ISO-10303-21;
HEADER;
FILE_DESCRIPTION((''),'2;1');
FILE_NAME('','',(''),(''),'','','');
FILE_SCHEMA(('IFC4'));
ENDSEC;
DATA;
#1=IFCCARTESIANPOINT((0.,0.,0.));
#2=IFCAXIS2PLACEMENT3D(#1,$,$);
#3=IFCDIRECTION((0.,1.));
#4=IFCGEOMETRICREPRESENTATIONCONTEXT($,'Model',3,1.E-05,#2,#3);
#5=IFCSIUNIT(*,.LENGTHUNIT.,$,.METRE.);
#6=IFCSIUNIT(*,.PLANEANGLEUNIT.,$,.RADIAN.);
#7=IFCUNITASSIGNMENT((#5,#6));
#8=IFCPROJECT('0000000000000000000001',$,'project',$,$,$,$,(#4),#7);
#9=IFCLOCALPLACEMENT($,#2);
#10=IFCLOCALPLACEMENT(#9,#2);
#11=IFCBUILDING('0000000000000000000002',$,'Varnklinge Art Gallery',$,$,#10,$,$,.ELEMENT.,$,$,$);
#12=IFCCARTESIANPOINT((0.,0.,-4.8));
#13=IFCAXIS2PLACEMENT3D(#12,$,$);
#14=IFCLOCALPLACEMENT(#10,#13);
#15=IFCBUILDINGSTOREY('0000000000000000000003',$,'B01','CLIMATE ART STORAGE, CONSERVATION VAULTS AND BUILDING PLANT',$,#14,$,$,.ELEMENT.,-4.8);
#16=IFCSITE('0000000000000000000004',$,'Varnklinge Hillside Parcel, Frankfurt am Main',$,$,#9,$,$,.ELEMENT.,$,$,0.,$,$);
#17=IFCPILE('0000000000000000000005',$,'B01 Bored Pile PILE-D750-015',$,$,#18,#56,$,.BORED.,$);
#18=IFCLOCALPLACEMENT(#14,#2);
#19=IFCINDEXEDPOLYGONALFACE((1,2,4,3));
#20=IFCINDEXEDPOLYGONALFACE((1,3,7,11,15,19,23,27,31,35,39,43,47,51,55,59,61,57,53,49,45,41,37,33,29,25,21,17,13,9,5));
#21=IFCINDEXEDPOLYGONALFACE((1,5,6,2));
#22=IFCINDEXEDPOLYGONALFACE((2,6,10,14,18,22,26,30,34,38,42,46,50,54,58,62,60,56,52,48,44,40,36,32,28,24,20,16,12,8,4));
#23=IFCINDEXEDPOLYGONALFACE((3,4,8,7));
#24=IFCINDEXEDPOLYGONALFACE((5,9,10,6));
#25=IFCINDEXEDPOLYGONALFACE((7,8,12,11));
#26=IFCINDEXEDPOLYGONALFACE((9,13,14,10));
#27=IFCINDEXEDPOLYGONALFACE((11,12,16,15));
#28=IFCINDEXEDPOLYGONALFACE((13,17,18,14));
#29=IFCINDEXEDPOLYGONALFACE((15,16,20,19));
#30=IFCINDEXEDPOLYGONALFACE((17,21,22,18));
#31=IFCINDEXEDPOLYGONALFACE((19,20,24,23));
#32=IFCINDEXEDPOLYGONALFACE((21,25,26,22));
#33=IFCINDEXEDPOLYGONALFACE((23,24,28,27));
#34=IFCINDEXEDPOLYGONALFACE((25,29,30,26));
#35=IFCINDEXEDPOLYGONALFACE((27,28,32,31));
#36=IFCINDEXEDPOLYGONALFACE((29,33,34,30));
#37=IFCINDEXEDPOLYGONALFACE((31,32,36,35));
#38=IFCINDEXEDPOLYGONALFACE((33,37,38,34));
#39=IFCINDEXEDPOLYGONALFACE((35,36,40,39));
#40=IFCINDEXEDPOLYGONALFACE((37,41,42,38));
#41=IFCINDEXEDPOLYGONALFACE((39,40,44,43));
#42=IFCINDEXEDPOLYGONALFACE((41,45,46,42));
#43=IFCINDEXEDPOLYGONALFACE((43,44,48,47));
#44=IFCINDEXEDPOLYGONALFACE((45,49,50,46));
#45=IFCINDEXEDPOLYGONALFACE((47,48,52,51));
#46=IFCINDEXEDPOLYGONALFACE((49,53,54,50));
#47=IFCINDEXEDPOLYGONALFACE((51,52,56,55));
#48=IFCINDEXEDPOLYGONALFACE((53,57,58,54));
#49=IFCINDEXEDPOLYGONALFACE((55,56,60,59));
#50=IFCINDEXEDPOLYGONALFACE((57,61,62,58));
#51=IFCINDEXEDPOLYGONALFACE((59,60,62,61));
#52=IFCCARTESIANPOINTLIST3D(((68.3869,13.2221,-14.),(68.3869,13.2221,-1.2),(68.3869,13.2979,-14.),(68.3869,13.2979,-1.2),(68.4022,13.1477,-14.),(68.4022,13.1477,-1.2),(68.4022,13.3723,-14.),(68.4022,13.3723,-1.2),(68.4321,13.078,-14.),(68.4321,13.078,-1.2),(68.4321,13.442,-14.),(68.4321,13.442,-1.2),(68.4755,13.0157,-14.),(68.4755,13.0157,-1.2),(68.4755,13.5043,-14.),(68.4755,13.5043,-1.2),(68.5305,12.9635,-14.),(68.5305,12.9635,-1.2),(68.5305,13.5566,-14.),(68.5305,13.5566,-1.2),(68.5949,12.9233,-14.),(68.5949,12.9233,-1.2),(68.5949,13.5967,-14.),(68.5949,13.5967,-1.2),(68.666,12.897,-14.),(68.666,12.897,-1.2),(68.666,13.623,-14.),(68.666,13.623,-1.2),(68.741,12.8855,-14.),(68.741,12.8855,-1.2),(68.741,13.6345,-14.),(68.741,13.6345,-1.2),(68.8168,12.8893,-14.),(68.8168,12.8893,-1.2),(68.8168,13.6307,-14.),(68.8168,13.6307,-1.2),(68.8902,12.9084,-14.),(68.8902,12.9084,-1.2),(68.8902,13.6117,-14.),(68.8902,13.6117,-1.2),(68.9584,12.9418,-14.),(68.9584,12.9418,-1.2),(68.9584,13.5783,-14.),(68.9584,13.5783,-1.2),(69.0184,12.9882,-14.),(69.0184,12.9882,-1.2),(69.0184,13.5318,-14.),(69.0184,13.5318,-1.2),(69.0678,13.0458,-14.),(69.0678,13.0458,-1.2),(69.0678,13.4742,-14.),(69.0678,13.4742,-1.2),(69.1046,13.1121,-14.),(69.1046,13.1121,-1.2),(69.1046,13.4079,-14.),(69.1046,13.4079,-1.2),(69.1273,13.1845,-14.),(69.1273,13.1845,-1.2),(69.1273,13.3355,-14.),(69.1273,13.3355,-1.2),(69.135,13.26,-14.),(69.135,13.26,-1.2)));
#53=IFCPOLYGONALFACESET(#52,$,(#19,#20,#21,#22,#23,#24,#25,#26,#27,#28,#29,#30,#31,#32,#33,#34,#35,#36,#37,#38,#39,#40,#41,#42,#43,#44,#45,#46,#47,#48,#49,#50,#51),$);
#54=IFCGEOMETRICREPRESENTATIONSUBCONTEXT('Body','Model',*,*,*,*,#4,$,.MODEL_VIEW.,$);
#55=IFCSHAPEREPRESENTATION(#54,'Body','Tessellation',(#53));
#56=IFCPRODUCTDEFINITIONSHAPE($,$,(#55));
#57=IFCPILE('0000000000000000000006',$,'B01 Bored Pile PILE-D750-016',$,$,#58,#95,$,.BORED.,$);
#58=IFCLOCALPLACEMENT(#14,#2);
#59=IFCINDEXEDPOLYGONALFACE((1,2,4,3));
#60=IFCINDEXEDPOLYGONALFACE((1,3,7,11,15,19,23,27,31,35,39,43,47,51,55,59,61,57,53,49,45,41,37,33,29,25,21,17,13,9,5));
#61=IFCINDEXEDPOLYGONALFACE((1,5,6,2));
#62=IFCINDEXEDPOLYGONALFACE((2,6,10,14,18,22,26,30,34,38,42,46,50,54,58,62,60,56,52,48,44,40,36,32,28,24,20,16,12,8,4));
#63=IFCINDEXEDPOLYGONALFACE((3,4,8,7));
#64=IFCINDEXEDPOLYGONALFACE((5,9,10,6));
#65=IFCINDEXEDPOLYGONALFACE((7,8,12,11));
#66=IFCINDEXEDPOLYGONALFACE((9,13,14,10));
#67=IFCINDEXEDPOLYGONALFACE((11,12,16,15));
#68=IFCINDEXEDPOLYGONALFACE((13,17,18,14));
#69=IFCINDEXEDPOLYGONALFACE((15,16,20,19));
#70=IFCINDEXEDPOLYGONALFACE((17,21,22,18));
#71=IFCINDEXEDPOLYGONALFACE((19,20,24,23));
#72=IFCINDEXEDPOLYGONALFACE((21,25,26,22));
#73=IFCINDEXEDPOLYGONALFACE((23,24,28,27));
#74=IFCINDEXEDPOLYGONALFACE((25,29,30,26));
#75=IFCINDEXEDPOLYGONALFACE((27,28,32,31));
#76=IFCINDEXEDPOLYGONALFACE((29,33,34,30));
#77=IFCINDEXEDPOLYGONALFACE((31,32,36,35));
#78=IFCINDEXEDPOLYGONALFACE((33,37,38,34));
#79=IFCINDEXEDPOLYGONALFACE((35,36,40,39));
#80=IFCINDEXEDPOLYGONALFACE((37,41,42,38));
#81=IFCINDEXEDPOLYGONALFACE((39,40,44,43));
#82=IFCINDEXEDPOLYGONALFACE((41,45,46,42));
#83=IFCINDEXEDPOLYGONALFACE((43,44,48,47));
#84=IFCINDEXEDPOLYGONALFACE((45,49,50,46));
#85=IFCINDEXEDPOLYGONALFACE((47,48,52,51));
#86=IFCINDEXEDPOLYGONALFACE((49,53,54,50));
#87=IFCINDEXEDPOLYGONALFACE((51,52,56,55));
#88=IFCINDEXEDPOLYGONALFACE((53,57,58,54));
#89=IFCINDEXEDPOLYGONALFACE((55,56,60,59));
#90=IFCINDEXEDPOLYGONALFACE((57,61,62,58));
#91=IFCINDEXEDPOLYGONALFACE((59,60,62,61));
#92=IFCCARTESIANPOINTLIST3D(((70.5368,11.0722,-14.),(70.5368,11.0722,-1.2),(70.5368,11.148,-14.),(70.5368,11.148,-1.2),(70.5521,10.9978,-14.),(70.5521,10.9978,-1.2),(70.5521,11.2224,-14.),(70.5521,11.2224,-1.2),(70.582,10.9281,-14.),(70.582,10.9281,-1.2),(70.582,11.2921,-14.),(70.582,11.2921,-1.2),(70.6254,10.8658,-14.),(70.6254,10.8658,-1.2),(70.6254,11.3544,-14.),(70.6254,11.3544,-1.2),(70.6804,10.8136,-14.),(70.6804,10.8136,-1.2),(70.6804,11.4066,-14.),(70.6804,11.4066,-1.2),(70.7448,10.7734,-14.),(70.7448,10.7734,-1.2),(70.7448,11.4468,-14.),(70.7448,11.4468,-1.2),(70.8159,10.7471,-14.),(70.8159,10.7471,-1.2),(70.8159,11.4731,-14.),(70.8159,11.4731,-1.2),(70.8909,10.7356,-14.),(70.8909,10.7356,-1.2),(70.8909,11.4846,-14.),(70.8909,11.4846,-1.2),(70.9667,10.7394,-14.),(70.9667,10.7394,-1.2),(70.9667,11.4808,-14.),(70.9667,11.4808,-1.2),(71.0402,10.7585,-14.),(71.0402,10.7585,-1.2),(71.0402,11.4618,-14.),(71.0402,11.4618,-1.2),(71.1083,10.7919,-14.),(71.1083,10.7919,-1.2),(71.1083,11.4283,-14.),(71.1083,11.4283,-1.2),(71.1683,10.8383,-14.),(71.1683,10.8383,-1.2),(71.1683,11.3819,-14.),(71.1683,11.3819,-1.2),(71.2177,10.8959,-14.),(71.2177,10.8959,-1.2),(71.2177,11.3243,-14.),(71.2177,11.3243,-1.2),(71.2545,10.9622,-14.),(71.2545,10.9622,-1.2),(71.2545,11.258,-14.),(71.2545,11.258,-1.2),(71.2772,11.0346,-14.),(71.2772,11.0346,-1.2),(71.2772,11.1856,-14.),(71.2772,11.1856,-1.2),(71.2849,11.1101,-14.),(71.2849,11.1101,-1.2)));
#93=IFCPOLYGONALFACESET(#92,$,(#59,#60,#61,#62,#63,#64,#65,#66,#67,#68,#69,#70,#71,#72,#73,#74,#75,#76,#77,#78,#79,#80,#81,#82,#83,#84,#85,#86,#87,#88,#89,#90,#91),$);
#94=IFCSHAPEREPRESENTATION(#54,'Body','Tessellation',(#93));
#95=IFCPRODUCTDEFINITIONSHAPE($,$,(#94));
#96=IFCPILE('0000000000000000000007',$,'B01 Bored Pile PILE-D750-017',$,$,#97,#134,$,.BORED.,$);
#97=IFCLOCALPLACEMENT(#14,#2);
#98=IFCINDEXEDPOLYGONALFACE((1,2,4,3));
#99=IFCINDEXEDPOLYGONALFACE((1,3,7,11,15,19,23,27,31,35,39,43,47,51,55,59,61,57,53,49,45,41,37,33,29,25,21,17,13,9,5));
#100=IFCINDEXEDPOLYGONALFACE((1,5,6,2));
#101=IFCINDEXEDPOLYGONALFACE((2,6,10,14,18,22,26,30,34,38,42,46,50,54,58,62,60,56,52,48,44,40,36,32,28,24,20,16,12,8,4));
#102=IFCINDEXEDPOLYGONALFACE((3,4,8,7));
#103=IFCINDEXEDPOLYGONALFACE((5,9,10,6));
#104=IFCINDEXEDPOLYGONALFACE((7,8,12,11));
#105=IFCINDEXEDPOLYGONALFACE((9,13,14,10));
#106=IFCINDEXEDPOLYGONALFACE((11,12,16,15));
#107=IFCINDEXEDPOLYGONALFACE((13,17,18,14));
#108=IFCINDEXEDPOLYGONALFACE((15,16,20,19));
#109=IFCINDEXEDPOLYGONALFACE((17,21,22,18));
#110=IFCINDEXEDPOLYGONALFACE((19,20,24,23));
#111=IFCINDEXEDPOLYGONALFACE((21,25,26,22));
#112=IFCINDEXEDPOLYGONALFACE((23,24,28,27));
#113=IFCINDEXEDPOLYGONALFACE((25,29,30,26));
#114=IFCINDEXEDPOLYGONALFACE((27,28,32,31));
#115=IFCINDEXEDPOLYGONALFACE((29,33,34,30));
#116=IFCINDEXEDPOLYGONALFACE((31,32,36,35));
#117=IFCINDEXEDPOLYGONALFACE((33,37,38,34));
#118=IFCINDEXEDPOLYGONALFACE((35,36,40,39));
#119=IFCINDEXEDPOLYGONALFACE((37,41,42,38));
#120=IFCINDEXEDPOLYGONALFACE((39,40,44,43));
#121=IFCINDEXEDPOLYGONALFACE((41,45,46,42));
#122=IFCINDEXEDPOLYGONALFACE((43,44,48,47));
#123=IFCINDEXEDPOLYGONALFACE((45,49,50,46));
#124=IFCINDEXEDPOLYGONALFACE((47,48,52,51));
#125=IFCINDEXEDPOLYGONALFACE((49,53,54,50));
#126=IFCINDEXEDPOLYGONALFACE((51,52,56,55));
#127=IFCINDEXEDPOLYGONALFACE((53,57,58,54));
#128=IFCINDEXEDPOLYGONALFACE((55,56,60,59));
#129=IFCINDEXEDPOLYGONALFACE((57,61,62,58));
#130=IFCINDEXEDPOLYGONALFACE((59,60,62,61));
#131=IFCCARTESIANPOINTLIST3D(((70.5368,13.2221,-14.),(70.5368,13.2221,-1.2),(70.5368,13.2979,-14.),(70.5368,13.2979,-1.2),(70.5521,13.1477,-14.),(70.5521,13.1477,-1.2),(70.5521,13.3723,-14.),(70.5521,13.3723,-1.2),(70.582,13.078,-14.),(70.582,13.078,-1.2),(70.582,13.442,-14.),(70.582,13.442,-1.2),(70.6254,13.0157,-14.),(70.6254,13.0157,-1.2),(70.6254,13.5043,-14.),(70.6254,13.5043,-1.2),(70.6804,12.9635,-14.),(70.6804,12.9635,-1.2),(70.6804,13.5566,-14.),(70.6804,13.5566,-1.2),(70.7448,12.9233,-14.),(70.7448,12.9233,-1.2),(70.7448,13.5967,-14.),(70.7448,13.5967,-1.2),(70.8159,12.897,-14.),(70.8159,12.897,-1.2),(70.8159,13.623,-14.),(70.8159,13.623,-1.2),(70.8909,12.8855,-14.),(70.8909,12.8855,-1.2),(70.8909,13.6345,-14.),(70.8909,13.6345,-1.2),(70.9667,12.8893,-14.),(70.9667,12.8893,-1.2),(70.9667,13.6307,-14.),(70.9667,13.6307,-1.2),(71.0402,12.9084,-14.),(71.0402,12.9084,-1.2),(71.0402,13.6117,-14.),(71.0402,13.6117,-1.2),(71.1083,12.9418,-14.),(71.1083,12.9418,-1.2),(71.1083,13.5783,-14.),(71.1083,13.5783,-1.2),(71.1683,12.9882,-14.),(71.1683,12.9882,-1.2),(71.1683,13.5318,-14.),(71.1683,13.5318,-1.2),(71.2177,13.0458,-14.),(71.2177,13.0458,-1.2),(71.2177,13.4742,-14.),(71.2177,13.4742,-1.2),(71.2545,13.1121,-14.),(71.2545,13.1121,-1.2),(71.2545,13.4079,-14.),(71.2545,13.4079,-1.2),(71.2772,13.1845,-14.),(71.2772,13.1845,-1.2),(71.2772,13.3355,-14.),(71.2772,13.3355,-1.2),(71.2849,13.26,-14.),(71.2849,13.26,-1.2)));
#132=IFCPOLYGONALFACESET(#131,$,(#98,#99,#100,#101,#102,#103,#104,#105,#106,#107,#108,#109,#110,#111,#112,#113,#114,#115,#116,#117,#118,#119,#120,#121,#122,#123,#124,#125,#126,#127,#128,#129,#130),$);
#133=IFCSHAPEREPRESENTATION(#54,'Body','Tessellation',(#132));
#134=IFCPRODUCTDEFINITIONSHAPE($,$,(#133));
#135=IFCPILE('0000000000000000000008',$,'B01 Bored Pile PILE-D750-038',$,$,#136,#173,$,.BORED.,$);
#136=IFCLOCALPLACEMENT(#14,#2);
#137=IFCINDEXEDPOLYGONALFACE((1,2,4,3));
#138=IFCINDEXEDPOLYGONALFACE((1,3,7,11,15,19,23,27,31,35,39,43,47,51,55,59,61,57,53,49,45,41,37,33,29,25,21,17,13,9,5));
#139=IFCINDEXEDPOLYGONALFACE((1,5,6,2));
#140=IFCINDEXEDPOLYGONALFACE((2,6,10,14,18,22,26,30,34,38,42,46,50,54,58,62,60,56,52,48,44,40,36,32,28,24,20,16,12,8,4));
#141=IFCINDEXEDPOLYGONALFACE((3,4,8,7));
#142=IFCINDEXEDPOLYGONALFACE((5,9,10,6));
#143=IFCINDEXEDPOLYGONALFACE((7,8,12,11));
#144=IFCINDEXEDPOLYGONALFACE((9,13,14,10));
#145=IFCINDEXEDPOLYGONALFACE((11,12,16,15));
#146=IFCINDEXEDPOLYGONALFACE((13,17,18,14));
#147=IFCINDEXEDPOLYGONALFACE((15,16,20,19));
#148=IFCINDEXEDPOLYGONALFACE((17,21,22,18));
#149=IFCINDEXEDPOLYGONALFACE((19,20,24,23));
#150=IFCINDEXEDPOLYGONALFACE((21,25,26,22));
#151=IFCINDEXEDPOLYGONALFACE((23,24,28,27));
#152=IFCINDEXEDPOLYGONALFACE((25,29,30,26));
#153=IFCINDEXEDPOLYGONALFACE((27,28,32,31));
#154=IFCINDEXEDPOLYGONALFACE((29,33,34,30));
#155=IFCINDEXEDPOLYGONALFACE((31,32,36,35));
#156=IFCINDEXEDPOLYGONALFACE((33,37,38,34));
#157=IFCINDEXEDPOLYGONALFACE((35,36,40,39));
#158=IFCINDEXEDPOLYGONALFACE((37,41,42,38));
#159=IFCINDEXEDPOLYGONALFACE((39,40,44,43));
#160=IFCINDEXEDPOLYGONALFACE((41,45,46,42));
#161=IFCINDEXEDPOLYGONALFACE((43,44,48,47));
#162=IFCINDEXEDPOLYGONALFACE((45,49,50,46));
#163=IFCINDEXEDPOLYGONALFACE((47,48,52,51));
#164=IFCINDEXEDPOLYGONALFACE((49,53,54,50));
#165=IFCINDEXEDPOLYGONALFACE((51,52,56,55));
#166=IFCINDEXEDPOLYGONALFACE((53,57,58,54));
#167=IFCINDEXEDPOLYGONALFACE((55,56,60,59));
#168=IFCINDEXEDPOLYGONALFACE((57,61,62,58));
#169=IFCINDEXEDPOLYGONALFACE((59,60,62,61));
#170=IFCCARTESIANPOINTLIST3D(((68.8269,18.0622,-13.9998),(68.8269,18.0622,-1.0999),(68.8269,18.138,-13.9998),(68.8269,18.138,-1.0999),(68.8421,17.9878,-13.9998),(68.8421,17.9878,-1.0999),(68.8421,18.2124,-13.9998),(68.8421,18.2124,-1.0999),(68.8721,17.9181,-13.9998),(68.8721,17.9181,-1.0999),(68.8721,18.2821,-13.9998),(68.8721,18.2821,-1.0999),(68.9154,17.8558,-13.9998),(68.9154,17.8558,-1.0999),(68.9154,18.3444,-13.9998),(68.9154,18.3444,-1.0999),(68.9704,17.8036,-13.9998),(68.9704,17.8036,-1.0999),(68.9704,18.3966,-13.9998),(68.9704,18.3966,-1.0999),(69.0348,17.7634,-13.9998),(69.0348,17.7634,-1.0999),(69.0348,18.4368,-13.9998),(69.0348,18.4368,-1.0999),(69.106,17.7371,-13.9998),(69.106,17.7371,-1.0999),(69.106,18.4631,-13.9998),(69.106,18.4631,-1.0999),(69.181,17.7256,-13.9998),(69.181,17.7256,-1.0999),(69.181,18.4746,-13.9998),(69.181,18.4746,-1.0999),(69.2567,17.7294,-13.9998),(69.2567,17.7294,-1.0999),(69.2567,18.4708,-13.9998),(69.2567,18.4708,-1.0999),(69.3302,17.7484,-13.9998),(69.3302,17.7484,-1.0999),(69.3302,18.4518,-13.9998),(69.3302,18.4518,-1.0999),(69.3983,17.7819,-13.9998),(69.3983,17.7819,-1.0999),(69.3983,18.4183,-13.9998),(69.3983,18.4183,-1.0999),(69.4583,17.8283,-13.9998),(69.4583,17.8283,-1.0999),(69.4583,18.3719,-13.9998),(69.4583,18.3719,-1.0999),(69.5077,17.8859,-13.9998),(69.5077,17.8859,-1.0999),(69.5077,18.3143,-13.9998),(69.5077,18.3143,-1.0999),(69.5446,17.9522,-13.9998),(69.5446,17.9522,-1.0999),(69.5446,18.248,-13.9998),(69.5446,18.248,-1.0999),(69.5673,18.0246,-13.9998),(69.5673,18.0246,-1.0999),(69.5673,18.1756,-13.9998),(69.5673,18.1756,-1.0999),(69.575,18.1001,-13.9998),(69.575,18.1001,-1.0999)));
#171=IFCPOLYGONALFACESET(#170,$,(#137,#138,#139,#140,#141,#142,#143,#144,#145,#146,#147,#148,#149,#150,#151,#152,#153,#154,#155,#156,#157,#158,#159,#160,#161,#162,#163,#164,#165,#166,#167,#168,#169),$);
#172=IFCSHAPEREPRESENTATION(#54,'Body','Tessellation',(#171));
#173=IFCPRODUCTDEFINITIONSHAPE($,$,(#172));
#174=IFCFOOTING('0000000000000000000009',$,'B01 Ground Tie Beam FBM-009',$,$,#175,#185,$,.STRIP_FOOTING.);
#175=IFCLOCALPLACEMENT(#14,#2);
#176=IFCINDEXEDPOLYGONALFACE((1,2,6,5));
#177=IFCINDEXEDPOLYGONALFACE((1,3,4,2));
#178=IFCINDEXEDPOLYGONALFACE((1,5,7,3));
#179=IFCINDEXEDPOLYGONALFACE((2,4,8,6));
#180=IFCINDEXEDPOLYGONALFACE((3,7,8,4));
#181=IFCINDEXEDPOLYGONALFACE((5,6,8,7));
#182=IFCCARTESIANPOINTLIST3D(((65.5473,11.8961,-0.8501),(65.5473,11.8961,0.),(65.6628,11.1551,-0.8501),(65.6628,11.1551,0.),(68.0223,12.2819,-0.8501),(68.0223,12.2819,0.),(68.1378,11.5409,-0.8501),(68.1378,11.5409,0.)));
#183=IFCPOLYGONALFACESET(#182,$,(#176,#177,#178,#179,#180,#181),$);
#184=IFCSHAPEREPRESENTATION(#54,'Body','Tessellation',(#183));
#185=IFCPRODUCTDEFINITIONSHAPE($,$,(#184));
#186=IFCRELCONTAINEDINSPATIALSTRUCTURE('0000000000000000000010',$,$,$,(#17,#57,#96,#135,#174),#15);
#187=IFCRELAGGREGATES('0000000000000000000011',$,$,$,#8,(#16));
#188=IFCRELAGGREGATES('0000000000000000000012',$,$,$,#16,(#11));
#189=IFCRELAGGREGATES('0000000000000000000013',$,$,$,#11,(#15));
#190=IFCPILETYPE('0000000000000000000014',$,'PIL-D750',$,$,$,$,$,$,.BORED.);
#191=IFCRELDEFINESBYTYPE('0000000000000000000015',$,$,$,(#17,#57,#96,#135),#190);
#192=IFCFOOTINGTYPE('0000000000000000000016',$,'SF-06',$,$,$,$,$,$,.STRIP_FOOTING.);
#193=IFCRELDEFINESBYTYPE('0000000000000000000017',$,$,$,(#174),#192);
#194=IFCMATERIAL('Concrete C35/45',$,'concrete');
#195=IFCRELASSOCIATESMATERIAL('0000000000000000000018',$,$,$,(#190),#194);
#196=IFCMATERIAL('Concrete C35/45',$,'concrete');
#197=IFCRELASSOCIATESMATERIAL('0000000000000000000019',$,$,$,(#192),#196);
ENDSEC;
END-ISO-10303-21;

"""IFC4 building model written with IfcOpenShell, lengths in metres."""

from ifc_helpers import new_model, si_unit, direction, frame, origin, origin_2d, place, context, subcontext, project, spatial, rectangle, circle, extrude, material, material_profile, profile_set, type_object, element, save


model = new_model("IFC4")

# Units and contexts
model_context = context("Model", 3, precision=1e-05, world=origin(), true_north=direction((0.0, 1.0)))
body_context = subcontext(model_context, "Body", "Model", "MODEL_VIEW")
ifc_project = project(units=[si_unit("LENGTHUNIT", "METRE"), si_unit("PLANEANGLEUNIT", "RADIAN")], contexts=[model_context])

# Site, building, storey
site_placement = place(None, origin())
site = spatial("IfcSite", under=ifc_project, at=site_placement, Name="Varnklinge Hillside Parcel, Frankfurt am Main", CompositionType="ELEMENT", RefElevation=0.0)
building_placement = place(site_placement, origin())
building = spatial("IfcBuilding", under=site, at=building_placement, Name="Varnklinge Art Gallery", CompositionType="ELEMENT")
storey_placement = place(building_placement, frame((0.0, 0.0, -4.8)))
storey = spatial("IfcBuildingStorey", under=building, at=storey_placement, Name="B01", Description="CLIMATE ART STORAGE, CONSERVATION VAULTS AND BUILDING PLANT", CompositionType="ELEMENT", Elevation=-4.8)

# Piles
ifc_material_1 = material(Name="Concrete C35/45", Category="concrete")
ifc_material_profile_1 = material_profile(ifc_material_1, circle(Radius=0.375, at=origin_2d()), Name="PILE D750")
ifc_profile_set_1 = profile_set([ifc_material_profile_1], Name="Concrete C35/45")
pile_type = type_object("IfcPileType", Name="PIL-D750", PredefinedType="BORED", material=ifc_profile_set_1)
for number, where, z_axis, x_axis, name in (
    (1, (68.76, 13.26, -1.2), (0.0, 0.0, -1.0), (1.0, 0.0, 0.0), "B01 Bored Pile PILE-D750-015"),
    (2, (70.9099, 11.1101, -1.2), (0.0, 0.0, -1.0), (1.0, 0.0, 0.0), "B01 Bored Pile PILE-D750-016"),
    (3, (70.9099, 13.26, -1.2), (0.0, 0.0, -1.0), (1.0, 0.0, 0.0), "B01 Bored Pile PILE-D750-017"),
):
    element("IfcPile", number, at=place(storey_placement, frame(where, z_axis=z_axis, x_axis=x_axis)), inside=storey, type_object=pile_type, Name=name, PredefinedType="BORED", context=body_context, shape_type="SweptSolid", body=[
        extrude(circle(Radius=0.375, at=origin_2d()), origin(), (0.0, 0.0, 1.0), 12.8),
    ])
pile_placement = place(storey_placement, frame((69.2, 18.1001, -1.0999), z_axis=(0.0, 0.0, -1.0), x_axis=(1.0, 0.0, 0.0)))
element("IfcPile", 4, at=pile_placement, inside=storey, type_object=pile_type, Name="B01 Bored Pile PILE-D750-038", PredefinedType="BORED", context=body_context, shape_type="SweptSolid", body=[
    extrude(circle(Radius=0.375, at=origin_2d()), origin(), (0.0, 0.0, 1.0), 12.8999),
])

# Footing
ifc_material_2 = material(Name="Concrete C35/45", Category="concrete")
footing_type_1 = type_object("IfcFootingType", Name="SF-06", PredefinedType="STRIP_FOOTING", material=ifc_material_2)
footing_1_placement = place(storey_placement, frame((66.8425, 11.7185, -0.8501), z_axis=(0.0, 0.0, 1.0), x_axis=(0.988068, 0.154021, 0.0)))
element("IfcFooting", 5, at=footing_1_placement, inside=storey, type_object=footing_type_1, Name="B01 Ground Tie Beam FBM-009", PredefinedType="STRIP_FOOTING", context=body_context, shape_type="SweptSolid", body=[
    extrude(rectangle(XDim=2.5049, YDim=0.75, at=origin_2d()), origin(), (0.0, 0.0, 1.0), 0.8501),
])

save(model, "model.ifc")
